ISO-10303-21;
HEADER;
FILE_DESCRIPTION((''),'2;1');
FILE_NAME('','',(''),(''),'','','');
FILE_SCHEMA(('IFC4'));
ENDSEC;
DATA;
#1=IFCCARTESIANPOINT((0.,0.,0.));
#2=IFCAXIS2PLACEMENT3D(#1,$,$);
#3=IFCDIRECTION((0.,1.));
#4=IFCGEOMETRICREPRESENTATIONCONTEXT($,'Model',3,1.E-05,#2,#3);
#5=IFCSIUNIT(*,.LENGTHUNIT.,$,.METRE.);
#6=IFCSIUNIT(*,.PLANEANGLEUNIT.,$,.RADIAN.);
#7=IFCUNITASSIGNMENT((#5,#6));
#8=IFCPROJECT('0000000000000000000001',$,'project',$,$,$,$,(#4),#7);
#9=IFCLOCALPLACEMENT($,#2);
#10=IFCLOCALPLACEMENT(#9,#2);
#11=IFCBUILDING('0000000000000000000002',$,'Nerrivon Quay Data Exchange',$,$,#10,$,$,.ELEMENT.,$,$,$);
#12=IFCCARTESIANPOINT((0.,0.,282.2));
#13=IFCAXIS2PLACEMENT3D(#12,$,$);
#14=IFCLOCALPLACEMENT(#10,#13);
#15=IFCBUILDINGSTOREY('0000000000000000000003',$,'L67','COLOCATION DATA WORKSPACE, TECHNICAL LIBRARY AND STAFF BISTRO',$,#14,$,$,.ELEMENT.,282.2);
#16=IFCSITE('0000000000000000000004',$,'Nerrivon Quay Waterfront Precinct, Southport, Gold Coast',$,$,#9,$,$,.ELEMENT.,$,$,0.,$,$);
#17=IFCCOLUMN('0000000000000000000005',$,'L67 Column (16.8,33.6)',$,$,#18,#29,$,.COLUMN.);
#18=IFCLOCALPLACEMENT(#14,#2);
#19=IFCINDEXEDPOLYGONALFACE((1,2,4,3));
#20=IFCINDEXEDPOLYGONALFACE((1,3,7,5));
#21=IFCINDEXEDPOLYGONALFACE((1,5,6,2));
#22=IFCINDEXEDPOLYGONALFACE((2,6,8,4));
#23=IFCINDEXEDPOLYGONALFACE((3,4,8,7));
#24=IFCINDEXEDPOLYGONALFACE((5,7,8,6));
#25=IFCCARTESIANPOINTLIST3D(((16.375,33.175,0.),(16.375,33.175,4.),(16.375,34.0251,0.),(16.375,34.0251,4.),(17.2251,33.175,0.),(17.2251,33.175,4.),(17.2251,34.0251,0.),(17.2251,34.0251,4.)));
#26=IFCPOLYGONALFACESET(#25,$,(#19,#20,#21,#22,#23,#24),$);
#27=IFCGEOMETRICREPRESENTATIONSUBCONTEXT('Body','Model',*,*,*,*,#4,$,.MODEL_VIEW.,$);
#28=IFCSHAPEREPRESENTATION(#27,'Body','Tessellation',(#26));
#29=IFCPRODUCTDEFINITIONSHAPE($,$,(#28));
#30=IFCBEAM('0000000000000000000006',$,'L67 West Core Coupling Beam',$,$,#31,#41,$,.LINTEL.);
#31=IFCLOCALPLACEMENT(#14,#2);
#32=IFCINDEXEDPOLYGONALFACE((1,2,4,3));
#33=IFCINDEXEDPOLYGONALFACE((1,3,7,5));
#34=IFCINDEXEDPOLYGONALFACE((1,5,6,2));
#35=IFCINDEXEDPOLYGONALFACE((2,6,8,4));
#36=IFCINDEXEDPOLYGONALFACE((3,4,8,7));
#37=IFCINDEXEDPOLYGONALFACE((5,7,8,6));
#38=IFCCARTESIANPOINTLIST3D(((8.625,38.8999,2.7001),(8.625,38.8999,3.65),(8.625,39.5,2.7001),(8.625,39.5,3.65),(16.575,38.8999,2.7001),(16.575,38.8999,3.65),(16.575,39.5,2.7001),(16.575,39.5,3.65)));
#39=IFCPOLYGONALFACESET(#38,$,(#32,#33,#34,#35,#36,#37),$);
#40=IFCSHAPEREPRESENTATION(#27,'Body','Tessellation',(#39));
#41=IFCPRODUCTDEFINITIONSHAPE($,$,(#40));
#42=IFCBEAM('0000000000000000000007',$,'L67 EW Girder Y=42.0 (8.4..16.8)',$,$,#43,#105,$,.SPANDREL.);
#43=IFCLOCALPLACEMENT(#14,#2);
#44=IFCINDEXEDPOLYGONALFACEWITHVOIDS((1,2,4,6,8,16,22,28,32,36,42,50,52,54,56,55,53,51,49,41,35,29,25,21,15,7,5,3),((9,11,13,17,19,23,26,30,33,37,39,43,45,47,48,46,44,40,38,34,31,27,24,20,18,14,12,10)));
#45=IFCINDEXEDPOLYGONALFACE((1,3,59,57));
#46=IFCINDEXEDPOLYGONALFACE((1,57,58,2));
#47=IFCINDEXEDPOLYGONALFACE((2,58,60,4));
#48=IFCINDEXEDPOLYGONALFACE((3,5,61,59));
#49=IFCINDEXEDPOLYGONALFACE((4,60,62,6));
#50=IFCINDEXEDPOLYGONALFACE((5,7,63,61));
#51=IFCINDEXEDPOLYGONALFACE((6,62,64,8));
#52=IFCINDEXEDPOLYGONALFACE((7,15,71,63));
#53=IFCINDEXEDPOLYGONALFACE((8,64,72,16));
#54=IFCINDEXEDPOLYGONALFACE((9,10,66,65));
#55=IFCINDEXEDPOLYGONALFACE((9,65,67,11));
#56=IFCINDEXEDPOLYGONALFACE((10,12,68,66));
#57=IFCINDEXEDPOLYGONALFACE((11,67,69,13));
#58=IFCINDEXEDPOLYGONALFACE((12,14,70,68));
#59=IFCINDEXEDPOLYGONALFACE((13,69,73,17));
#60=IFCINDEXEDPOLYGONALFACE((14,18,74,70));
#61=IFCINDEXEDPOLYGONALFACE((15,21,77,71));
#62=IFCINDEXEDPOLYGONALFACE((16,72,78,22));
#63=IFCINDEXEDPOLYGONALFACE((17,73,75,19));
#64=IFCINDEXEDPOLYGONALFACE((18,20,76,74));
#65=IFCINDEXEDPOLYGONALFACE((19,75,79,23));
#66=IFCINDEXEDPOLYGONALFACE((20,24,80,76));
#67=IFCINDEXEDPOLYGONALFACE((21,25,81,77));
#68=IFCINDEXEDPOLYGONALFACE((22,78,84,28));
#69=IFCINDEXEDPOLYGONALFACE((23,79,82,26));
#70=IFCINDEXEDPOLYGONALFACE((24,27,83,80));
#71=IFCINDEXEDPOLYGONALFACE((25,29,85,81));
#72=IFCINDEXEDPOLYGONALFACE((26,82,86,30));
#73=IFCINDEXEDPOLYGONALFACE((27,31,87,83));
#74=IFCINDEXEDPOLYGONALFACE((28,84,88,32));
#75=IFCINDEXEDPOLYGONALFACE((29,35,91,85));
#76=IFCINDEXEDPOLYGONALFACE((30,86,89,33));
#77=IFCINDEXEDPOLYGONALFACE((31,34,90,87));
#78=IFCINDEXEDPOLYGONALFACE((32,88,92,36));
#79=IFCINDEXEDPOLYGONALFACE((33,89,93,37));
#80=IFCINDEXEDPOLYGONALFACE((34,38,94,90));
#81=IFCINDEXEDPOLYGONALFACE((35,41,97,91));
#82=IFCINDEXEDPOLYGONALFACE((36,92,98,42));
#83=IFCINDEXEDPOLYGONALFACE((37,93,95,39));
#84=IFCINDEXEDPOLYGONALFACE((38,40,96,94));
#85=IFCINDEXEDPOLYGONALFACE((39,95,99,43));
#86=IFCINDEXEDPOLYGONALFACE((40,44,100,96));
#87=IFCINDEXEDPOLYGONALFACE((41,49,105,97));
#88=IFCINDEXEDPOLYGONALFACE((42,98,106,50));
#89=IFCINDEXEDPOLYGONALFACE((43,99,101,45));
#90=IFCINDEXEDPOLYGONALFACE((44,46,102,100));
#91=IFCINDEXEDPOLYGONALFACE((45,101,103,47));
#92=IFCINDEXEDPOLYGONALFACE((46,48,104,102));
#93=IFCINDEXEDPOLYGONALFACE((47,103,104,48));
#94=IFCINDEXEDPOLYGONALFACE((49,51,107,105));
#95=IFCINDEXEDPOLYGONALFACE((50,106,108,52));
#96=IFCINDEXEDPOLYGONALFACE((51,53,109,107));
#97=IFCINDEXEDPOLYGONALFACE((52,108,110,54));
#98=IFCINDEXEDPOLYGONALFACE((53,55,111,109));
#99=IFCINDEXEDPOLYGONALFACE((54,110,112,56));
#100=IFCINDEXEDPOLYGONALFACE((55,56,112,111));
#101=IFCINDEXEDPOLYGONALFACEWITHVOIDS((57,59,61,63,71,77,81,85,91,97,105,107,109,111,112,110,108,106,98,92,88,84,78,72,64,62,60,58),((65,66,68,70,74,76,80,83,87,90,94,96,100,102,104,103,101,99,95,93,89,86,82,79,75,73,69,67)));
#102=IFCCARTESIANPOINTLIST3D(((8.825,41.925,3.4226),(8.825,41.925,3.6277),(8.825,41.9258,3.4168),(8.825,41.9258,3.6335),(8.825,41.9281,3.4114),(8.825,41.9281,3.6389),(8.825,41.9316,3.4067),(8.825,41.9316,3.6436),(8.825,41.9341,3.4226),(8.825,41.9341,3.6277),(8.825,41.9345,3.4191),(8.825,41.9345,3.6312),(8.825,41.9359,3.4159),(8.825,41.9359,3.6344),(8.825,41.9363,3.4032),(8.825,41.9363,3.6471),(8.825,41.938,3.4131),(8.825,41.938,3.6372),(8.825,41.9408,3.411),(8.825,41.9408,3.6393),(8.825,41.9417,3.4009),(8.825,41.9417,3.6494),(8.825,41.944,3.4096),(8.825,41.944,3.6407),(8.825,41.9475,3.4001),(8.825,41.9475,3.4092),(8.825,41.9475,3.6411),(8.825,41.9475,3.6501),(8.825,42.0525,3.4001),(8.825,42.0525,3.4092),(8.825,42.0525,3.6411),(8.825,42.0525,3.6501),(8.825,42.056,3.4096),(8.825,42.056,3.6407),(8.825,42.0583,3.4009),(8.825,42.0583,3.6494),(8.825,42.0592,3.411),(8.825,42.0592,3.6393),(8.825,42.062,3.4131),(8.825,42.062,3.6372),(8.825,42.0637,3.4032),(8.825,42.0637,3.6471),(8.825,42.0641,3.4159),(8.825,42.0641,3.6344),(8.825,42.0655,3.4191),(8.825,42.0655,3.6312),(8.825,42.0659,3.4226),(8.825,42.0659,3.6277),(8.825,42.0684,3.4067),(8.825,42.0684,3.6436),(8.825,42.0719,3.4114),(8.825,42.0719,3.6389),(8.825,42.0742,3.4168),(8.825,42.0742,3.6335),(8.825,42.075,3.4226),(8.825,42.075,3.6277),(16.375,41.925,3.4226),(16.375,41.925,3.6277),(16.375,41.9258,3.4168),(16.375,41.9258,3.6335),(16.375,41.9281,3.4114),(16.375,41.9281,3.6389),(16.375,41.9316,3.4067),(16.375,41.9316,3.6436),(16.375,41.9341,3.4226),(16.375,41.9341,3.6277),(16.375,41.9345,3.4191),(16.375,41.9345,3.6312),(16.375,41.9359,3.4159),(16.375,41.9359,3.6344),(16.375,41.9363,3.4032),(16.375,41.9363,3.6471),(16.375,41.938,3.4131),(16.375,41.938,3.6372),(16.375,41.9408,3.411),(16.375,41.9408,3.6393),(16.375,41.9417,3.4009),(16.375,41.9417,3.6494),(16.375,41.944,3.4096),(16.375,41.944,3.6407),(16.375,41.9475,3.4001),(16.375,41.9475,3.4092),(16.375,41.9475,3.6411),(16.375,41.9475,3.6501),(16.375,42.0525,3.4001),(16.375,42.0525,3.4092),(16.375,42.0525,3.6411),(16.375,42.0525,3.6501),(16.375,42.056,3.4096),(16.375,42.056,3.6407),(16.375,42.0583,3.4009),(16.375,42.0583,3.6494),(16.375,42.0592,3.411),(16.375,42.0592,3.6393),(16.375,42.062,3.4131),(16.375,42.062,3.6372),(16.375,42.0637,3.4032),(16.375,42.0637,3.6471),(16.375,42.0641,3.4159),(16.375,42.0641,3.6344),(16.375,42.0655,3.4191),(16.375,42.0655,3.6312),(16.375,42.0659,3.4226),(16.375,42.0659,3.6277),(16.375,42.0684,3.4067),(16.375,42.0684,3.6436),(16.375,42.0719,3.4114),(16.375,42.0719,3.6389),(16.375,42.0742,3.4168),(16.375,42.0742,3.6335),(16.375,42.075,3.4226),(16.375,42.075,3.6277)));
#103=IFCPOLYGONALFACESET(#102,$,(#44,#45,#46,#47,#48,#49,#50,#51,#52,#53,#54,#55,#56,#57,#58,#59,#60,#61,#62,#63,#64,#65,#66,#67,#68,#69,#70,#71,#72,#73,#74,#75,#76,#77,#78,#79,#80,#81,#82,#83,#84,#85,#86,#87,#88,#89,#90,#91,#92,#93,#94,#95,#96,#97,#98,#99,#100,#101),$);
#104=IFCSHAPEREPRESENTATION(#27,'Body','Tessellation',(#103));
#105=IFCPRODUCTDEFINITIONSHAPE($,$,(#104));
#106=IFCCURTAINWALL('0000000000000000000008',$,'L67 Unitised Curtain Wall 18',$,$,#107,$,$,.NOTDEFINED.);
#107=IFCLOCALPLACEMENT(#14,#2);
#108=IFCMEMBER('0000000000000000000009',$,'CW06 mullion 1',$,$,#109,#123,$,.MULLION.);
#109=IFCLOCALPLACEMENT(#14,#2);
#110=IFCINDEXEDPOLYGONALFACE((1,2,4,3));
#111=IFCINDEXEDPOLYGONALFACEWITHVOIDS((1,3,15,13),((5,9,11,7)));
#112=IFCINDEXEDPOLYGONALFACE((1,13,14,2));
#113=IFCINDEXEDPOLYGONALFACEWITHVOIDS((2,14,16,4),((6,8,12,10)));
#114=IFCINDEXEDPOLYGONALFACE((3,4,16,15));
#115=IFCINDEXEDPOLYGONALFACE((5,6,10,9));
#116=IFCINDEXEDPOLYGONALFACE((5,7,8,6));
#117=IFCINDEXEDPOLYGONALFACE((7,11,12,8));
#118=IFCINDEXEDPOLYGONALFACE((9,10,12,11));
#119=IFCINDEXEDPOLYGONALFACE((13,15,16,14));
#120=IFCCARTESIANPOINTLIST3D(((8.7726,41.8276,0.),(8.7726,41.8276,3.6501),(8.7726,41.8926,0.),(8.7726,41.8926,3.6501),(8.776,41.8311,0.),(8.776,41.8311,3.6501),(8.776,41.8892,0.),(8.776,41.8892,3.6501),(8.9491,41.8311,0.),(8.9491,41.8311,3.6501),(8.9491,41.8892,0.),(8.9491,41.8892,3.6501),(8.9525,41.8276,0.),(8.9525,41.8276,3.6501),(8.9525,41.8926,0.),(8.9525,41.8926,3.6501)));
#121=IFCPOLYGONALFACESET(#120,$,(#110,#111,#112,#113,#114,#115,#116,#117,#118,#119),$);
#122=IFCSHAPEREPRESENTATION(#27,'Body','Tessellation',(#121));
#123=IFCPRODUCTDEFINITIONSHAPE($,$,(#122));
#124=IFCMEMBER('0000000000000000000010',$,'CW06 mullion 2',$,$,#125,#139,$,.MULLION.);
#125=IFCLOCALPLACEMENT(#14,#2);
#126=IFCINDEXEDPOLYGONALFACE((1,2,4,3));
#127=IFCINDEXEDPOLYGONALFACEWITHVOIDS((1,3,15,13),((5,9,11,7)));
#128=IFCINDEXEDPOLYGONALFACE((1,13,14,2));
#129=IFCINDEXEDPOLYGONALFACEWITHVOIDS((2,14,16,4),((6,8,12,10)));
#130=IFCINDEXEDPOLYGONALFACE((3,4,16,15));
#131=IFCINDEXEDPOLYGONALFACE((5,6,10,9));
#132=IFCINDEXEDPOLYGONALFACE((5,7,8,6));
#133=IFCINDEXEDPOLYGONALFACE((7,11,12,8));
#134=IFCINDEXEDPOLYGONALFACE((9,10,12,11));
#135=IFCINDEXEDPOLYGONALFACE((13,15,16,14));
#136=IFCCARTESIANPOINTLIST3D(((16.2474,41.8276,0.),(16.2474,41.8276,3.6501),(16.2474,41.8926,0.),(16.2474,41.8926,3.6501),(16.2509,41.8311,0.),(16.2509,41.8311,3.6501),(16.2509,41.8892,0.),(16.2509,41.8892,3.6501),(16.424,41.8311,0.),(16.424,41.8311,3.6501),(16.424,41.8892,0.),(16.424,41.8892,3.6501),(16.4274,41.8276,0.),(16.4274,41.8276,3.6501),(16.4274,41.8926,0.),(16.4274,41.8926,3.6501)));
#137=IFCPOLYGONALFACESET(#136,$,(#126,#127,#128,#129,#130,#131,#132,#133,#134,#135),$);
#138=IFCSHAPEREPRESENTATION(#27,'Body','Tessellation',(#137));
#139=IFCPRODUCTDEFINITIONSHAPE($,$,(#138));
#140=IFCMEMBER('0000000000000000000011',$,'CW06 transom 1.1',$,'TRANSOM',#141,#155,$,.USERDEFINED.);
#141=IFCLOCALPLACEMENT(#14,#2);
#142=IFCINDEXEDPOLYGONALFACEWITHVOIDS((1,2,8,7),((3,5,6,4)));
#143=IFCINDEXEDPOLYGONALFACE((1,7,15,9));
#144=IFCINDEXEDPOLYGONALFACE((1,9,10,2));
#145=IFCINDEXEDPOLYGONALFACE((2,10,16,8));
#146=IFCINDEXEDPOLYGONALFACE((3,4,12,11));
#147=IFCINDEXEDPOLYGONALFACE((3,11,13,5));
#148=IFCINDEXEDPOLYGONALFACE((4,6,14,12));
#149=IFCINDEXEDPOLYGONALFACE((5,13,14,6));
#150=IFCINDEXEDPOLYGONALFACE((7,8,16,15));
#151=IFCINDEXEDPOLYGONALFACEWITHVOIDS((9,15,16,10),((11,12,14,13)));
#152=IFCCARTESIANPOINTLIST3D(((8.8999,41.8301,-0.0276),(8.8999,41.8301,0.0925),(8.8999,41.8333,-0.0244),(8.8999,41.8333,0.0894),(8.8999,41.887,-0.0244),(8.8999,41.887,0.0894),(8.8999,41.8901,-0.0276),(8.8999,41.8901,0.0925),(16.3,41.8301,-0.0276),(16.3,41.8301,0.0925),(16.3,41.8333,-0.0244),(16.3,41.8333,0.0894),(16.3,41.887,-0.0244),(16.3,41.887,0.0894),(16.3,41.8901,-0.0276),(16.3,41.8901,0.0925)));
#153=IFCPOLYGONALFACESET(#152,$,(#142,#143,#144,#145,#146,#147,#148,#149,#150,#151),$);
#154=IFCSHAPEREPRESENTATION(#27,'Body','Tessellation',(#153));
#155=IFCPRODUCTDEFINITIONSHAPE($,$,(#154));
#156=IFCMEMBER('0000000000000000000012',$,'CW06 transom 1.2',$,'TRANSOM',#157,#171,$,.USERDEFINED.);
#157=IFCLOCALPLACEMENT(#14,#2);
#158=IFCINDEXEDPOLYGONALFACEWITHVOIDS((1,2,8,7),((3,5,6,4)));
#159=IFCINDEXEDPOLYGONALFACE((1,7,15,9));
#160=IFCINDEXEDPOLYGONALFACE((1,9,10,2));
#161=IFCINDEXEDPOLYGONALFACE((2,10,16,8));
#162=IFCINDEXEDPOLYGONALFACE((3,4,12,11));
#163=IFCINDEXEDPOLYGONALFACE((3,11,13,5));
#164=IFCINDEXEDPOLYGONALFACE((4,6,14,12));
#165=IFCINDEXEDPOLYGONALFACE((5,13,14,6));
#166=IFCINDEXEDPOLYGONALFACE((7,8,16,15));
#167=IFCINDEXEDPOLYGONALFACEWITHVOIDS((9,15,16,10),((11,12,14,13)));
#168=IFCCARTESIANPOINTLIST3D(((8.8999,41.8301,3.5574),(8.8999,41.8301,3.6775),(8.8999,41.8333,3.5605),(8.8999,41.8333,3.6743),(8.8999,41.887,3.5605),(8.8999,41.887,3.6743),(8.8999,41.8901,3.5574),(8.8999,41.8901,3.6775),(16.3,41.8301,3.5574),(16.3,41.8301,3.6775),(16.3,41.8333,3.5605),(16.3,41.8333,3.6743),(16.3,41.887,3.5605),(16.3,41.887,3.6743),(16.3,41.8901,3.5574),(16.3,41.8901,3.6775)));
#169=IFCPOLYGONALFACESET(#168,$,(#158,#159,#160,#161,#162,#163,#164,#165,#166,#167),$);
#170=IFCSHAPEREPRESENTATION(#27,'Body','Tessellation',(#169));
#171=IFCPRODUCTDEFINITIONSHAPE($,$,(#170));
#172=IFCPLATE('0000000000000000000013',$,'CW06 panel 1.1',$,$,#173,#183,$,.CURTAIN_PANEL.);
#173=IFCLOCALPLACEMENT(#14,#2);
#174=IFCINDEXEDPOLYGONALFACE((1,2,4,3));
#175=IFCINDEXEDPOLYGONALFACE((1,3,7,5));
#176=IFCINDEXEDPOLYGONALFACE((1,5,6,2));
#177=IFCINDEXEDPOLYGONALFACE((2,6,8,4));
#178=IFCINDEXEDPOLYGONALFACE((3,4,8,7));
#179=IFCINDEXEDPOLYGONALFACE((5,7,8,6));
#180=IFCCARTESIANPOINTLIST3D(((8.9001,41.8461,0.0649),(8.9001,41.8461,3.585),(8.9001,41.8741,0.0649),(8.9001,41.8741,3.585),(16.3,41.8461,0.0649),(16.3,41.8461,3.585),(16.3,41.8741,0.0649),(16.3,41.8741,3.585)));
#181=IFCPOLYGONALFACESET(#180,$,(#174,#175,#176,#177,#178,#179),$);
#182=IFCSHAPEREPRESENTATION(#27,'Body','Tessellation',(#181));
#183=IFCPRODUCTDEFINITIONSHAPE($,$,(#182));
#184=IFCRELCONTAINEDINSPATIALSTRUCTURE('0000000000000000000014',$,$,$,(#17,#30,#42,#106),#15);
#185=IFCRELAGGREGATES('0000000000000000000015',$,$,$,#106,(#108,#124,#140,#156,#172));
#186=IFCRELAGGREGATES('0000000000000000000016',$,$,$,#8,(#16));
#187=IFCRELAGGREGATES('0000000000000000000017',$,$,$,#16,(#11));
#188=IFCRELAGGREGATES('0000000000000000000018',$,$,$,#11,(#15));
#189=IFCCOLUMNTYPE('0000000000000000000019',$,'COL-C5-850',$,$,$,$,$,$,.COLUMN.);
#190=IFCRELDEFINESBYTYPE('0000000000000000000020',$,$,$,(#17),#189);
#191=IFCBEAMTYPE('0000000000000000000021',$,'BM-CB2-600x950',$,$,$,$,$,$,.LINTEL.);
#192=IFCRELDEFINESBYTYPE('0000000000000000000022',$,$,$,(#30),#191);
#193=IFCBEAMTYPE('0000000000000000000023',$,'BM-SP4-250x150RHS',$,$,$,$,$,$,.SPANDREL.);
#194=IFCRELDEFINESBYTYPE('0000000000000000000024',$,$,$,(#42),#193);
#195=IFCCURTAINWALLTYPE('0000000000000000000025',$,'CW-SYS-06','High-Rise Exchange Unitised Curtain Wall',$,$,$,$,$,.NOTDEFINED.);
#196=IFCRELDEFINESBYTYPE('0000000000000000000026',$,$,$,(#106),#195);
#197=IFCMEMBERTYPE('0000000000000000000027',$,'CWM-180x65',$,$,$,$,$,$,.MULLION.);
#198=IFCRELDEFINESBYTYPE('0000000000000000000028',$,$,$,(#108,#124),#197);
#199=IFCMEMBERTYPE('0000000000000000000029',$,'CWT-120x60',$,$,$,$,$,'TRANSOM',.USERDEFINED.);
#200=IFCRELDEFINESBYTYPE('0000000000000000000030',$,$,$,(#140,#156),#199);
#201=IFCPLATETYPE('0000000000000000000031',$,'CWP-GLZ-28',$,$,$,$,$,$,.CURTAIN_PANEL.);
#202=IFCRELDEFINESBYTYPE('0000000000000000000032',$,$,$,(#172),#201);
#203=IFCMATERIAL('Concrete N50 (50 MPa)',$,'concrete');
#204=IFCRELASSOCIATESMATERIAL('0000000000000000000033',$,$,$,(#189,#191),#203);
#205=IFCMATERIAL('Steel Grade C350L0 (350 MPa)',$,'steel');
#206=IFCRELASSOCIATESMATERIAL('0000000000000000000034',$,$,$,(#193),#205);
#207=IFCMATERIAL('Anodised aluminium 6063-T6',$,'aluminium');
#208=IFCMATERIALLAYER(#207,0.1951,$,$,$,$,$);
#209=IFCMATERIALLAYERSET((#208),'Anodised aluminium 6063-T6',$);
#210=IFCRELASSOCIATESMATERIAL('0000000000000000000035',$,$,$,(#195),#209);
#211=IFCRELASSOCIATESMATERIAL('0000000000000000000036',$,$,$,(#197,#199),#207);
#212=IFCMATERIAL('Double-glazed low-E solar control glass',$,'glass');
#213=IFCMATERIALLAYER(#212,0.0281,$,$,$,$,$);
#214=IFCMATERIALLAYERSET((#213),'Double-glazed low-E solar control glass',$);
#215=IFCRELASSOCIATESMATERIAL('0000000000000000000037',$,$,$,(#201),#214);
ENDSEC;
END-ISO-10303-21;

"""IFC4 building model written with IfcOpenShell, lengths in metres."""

from ifc_helpers import new_model, si_unit, direction, frame, origin, origin_2d, place, context, subcontext, project, spatial, rectangle, hollow_rectangle, extrude, material, layer, layer_set, material_profile, profile_set, type_object, element, aggregate, save


model = new_model("IFC4")

# Units and contexts
model_context = context("Model", 3, precision=1e-05, world=origin(), true_north=direction((0.0, 1.0)))
body_context = subcontext(model_context, "Body", "Model", "MODEL_VIEW")
ifc_project = project(units=[si_unit("LENGTHUNIT", "METRE"), si_unit("PLANEANGLEUNIT", "RADIAN")], contexts=[model_context])

# Site, building, storey
site_placement = place(None, origin())
site = spatial("IfcSite", under=ifc_project, at=site_placement, Name="Nerrivon Quay Waterfront Precinct, Southport, Gold Coast", CompositionType="ELEMENT", RefElevation=0.0)
building_placement = place(site_placement, origin())
building = spatial("IfcBuilding", under=site, at=building_placement, Name="Nerrivon Quay Data Exchange", CompositionType="ELEMENT")
storey_placement = place(building_placement, frame((0.0, 0.0, 282.2)))
storey = spatial("IfcBuildingStorey", under=building, at=storey_placement, Name="L67", Description="COLOCATION DATA WORKSPACE, TECHNICAL LIBRARY AND STAFF BISTRO", CompositionType="ELEMENT", Elevation=282.2)

# Column
ifc_material_1 = material(Name="Concrete N50 (50 MPa)", Category="concrete")
ifc_material_profile_1 = material_profile(ifc_material_1, rectangle(XDim=0.8501, YDim=0.8501, at=origin_2d()), Name="RC-COL-850x850")
ifc_profile_set_1 = profile_set([ifc_material_profile_1], Name="Concrete N50 (50 MPa)")
column_type = type_object("IfcColumnType", Name="COL-C5-850", PredefinedType="COLUMN", material=ifc_profile_set_1)
column_placement = place(storey_placement, frame((16.8, 33.6001, 0.0), z_axis=(0.0, 0.0, 1.0), x_axis=(1.0, 0.0, 0.0)))
element("IfcColumn", 1, at=column_placement, inside=storey, type_object=column_type, Name="L67 Column (16.8,33.6)", PredefinedType="COLUMN", context=body_context, shape_type="SweptSolid", body=[
    extrude(rectangle(XDim=0.8501, YDim=0.8501, at=origin_2d()), origin(), (0.0, 0.0, 1.0), 4.0),
])

# Beams
ifc_material_profile_2 = material_profile(ifc_material_1, rectangle(XDim=0.6001, YDim=0.95, at=origin_2d()), Name="RC-CB-600x950")
ifc_profile_set_2 = profile_set([ifc_material_profile_2], Name="Concrete N50 (50 MPa)")
beam_type_1 = type_object("IfcBeamType", Name="BM-CB2-600x950", PredefinedType="LINTEL", material=ifc_profile_set_2)
beam_1_placement = place(storey_placement, frame((8.625, 39.2, 3.175), z_axis=(1.0, 0.0, 0.0), x_axis=(0.0, 1.0, 0.0)))
element("IfcBeam", 2, at=beam_1_placement, inside=storey, type_object=beam_type_1, Name="L67 West Core Coupling Beam", PredefinedType="LINTEL", context=body_context, shape_type="SweptSolid", body=[
    extrude(rectangle(XDim=0.6001, YDim=0.95, at=origin_2d()), origin(), (0.0, 0.0, 1.0), 7.95),
])
ifc_material_2 = material(Name="Steel Grade C350L0 (350 MPa)", Category="steel")
ifc_material_profile_3 = material_profile(ifc_material_2, hollow_rectangle(XDim=0.1499, YDim=0.25, WallThickness=0.009, InnerFilletRadius=0.0134, OuterFilletRadius=0.0225, at=origin_2d()), Name="250x150x9.0RHS")
ifc_profile_set_3 = profile_set([ifc_material_profile_3], Name="Steel Grade C350L0 (350 MPa)")
beam_type_2 = type_object("IfcBeamType", Name="BM-SP4-250x150RHS", PredefinedType="SPANDREL", material=ifc_profile_set_3)
beam_2_placement = place(storey_placement, frame((8.825, 42.0, 3.5251), z_axis=(1.0, 0.0, 0.0), x_axis=(0.0, 1.0, 0.0)))
element("IfcBeam", 3, at=beam_2_placement, inside=storey, type_object=beam_type_2, Name="L67 EW Girder Y=42.0 (8.4..16.8)", PredefinedType="SPANDREL", context=body_context, shape_type="SweptSolid", body=[
    extrude(hollow_rectangle(XDim=0.1499, YDim=0.25, WallThickness=0.009, InnerFilletRadius=0.0134, OuterFilletRadius=0.0225, at=origin_2d()), origin(), (0.0, 0.0, 1.0), 7.55),
])

# Curtain wall, members, plate
ifc_material_3 = material(Name="Anodised aluminium 6063-T6", Category="aluminium")
ifc_layer_1 = layer(ifc_material_3, 0.1951)
ifc_layer_set_1 = layer_set([ifc_layer_1], Name="Anodised aluminium 6063-T6")
curtain_wall_type = type_object("IfcCurtainWallType", Name="CW-SYS-06", Description="High-Rise Exchange Unitised Curtain Wall", PredefinedType="NOTDEFINED", material=ifc_layer_set_1)
curtain_wall_placement = place(storey_placement, origin())
curtain_wall = element("IfcCurtainWall", 4, at=curtain_wall_placement, inside=storey, type_object=curtain_wall_type, Name="L67 Unitised Curtain Wall 18", PredefinedType="NOTDEFINED")
ifc_material_profile_4 = material_profile(ifc_material_3, hollow_rectangle(XDim=0.0649, YDim=0.1799, WallThickness=0.0034, at=origin_2d()), Name="ALU-MULL-180x65")
ifc_profile_set_4 = profile_set([ifc_material_profile_4], Name="Anodised aluminium 6063-T6")
member_type_1 = type_object("IfcMemberType", Name="CWM-180x65", PredefinedType="MULLION", material=ifc_profile_set_4)
member_1_placement = place(storey_placement, frame((8.8625, 41.8601, 0.0), z_axis=(0.0, 0.0, 1.0), x_axis=(0.0, 1.0, 0.0)))
member_1 = element("IfcMember", 5, at=member_1_placement, type_object=member_type_1, Name="CW06 mullion 1", PredefinedType="MULLION", context=body_context, shape_type="SweptSolid", body=[
    extrude(hollow_rectangle(XDim=0.0649, YDim=0.1799, WallThickness=0.0034, at=origin_2d()), origin(), (0.0, 0.0, 1.0), 3.6501),
])
member_2_placement = place(storey_placement, frame((16.3374, 41.8601, 0.0), z_axis=(0.0, 0.0, 1.0), x_axis=(0.0, 1.0, 0.0)))
member_2 = element("IfcMember", 6, at=member_2_placement, type_object=member_type_1, Name="CW06 mullion 2", PredefinedType="MULLION", context=body_context, shape_type="SweptSolid", body=[
    extrude(hollow_rectangle(XDim=0.0649, YDim=0.1799, WallThickness=0.0034, at=origin_2d()), origin(), (0.0, 0.0, 1.0), 3.6501),
])
ifc_material_profile_5 = material_profile(ifc_material_3, hollow_rectangle(XDim=0.0601, YDim=0.1201, WallThickness=0.0032, at=origin_2d()), Name="ALU-TRAN-120x60")
ifc_profile_set_5 = profile_set([ifc_material_profile_5], Name="Anodised aluminium 6063-T6")
member_type_2 = type_object("IfcMemberType", Name="CWT-120x60", ElementType="TRANSOM", PredefinedType="USERDEFINED", material=ifc_profile_set_5)
member_3_placement = place(storey_placement, frame((8.8999, 41.8601, 0.0325), z_axis=(1.0, 0.0, 0.0), x_axis=(0.0, 1.0, 0.0)))
member_3 = element("IfcMember", 7, at=member_3_placement, type_object=member_type_2, Name="CW06 transom 1.1", ObjectType="TRANSOM", PredefinedType="USERDEFINED", context=body_context, shape_type="SweptSolid", body=[
    extrude(hollow_rectangle(XDim=0.0601, YDim=0.1201, WallThickness=0.0032, at=origin_2d()), origin(), (0.0, 0.0, 1.0), 7.4001),
])
member_4_placement = place(storey_placement, frame((8.8999, 41.8601, 3.6174), z_axis=(1.0, 0.0, 0.0), x_axis=(0.0, 1.0, 0.0)))
member_4 = element("IfcMember", 8, at=member_4_placement, type_object=member_type_2, Name="CW06 transom 1.2", ObjectType="TRANSOM", PredefinedType="USERDEFINED", context=body_context, shape_type="SweptSolid", body=[
    extrude(hollow_rectangle(XDim=0.0601, YDim=0.1201, WallThickness=0.0032, at=origin_2d()), origin(), (0.0, 0.0, 1.0), 7.4001),
])
ifc_material_4 = material(Name="Double-glazed low-E solar control glass", Category="glass")
ifc_layer_2 = layer(ifc_material_4, 0.0281)
ifc_layer_set_2 = layer_set([ifc_layer_2], Name="Double-glazed low-E solar control glass")
plate_type = type_object("IfcPlateType", Name="CWP-GLZ-28", PredefinedType="CURTAIN_PANEL", material=ifc_layer_set_2)
plate_placement = place(storey_placement, frame((12.6001, 41.8601, 0.0649), z_axis=(0.0, 0.0, 1.0), x_axis=(1.0, 0.0, 0.0)))
plate = element("IfcPlate", 9, at=plate_placement, type_object=plate_type, Name="CW06 panel 1.1", PredefinedType="CURTAIN_PANEL", context=body_context, shape_type="SweptSolid", body=[
    extrude(rectangle(XDim=7.3999, YDim=0.0281, at=origin_2d()), origin(), (0.0, 0.0, 1.0), 3.52),
])
aggregate(curtain_wall, [member_1, member_2, member_3, member_4, plate])

save(model, "model.ifc")
